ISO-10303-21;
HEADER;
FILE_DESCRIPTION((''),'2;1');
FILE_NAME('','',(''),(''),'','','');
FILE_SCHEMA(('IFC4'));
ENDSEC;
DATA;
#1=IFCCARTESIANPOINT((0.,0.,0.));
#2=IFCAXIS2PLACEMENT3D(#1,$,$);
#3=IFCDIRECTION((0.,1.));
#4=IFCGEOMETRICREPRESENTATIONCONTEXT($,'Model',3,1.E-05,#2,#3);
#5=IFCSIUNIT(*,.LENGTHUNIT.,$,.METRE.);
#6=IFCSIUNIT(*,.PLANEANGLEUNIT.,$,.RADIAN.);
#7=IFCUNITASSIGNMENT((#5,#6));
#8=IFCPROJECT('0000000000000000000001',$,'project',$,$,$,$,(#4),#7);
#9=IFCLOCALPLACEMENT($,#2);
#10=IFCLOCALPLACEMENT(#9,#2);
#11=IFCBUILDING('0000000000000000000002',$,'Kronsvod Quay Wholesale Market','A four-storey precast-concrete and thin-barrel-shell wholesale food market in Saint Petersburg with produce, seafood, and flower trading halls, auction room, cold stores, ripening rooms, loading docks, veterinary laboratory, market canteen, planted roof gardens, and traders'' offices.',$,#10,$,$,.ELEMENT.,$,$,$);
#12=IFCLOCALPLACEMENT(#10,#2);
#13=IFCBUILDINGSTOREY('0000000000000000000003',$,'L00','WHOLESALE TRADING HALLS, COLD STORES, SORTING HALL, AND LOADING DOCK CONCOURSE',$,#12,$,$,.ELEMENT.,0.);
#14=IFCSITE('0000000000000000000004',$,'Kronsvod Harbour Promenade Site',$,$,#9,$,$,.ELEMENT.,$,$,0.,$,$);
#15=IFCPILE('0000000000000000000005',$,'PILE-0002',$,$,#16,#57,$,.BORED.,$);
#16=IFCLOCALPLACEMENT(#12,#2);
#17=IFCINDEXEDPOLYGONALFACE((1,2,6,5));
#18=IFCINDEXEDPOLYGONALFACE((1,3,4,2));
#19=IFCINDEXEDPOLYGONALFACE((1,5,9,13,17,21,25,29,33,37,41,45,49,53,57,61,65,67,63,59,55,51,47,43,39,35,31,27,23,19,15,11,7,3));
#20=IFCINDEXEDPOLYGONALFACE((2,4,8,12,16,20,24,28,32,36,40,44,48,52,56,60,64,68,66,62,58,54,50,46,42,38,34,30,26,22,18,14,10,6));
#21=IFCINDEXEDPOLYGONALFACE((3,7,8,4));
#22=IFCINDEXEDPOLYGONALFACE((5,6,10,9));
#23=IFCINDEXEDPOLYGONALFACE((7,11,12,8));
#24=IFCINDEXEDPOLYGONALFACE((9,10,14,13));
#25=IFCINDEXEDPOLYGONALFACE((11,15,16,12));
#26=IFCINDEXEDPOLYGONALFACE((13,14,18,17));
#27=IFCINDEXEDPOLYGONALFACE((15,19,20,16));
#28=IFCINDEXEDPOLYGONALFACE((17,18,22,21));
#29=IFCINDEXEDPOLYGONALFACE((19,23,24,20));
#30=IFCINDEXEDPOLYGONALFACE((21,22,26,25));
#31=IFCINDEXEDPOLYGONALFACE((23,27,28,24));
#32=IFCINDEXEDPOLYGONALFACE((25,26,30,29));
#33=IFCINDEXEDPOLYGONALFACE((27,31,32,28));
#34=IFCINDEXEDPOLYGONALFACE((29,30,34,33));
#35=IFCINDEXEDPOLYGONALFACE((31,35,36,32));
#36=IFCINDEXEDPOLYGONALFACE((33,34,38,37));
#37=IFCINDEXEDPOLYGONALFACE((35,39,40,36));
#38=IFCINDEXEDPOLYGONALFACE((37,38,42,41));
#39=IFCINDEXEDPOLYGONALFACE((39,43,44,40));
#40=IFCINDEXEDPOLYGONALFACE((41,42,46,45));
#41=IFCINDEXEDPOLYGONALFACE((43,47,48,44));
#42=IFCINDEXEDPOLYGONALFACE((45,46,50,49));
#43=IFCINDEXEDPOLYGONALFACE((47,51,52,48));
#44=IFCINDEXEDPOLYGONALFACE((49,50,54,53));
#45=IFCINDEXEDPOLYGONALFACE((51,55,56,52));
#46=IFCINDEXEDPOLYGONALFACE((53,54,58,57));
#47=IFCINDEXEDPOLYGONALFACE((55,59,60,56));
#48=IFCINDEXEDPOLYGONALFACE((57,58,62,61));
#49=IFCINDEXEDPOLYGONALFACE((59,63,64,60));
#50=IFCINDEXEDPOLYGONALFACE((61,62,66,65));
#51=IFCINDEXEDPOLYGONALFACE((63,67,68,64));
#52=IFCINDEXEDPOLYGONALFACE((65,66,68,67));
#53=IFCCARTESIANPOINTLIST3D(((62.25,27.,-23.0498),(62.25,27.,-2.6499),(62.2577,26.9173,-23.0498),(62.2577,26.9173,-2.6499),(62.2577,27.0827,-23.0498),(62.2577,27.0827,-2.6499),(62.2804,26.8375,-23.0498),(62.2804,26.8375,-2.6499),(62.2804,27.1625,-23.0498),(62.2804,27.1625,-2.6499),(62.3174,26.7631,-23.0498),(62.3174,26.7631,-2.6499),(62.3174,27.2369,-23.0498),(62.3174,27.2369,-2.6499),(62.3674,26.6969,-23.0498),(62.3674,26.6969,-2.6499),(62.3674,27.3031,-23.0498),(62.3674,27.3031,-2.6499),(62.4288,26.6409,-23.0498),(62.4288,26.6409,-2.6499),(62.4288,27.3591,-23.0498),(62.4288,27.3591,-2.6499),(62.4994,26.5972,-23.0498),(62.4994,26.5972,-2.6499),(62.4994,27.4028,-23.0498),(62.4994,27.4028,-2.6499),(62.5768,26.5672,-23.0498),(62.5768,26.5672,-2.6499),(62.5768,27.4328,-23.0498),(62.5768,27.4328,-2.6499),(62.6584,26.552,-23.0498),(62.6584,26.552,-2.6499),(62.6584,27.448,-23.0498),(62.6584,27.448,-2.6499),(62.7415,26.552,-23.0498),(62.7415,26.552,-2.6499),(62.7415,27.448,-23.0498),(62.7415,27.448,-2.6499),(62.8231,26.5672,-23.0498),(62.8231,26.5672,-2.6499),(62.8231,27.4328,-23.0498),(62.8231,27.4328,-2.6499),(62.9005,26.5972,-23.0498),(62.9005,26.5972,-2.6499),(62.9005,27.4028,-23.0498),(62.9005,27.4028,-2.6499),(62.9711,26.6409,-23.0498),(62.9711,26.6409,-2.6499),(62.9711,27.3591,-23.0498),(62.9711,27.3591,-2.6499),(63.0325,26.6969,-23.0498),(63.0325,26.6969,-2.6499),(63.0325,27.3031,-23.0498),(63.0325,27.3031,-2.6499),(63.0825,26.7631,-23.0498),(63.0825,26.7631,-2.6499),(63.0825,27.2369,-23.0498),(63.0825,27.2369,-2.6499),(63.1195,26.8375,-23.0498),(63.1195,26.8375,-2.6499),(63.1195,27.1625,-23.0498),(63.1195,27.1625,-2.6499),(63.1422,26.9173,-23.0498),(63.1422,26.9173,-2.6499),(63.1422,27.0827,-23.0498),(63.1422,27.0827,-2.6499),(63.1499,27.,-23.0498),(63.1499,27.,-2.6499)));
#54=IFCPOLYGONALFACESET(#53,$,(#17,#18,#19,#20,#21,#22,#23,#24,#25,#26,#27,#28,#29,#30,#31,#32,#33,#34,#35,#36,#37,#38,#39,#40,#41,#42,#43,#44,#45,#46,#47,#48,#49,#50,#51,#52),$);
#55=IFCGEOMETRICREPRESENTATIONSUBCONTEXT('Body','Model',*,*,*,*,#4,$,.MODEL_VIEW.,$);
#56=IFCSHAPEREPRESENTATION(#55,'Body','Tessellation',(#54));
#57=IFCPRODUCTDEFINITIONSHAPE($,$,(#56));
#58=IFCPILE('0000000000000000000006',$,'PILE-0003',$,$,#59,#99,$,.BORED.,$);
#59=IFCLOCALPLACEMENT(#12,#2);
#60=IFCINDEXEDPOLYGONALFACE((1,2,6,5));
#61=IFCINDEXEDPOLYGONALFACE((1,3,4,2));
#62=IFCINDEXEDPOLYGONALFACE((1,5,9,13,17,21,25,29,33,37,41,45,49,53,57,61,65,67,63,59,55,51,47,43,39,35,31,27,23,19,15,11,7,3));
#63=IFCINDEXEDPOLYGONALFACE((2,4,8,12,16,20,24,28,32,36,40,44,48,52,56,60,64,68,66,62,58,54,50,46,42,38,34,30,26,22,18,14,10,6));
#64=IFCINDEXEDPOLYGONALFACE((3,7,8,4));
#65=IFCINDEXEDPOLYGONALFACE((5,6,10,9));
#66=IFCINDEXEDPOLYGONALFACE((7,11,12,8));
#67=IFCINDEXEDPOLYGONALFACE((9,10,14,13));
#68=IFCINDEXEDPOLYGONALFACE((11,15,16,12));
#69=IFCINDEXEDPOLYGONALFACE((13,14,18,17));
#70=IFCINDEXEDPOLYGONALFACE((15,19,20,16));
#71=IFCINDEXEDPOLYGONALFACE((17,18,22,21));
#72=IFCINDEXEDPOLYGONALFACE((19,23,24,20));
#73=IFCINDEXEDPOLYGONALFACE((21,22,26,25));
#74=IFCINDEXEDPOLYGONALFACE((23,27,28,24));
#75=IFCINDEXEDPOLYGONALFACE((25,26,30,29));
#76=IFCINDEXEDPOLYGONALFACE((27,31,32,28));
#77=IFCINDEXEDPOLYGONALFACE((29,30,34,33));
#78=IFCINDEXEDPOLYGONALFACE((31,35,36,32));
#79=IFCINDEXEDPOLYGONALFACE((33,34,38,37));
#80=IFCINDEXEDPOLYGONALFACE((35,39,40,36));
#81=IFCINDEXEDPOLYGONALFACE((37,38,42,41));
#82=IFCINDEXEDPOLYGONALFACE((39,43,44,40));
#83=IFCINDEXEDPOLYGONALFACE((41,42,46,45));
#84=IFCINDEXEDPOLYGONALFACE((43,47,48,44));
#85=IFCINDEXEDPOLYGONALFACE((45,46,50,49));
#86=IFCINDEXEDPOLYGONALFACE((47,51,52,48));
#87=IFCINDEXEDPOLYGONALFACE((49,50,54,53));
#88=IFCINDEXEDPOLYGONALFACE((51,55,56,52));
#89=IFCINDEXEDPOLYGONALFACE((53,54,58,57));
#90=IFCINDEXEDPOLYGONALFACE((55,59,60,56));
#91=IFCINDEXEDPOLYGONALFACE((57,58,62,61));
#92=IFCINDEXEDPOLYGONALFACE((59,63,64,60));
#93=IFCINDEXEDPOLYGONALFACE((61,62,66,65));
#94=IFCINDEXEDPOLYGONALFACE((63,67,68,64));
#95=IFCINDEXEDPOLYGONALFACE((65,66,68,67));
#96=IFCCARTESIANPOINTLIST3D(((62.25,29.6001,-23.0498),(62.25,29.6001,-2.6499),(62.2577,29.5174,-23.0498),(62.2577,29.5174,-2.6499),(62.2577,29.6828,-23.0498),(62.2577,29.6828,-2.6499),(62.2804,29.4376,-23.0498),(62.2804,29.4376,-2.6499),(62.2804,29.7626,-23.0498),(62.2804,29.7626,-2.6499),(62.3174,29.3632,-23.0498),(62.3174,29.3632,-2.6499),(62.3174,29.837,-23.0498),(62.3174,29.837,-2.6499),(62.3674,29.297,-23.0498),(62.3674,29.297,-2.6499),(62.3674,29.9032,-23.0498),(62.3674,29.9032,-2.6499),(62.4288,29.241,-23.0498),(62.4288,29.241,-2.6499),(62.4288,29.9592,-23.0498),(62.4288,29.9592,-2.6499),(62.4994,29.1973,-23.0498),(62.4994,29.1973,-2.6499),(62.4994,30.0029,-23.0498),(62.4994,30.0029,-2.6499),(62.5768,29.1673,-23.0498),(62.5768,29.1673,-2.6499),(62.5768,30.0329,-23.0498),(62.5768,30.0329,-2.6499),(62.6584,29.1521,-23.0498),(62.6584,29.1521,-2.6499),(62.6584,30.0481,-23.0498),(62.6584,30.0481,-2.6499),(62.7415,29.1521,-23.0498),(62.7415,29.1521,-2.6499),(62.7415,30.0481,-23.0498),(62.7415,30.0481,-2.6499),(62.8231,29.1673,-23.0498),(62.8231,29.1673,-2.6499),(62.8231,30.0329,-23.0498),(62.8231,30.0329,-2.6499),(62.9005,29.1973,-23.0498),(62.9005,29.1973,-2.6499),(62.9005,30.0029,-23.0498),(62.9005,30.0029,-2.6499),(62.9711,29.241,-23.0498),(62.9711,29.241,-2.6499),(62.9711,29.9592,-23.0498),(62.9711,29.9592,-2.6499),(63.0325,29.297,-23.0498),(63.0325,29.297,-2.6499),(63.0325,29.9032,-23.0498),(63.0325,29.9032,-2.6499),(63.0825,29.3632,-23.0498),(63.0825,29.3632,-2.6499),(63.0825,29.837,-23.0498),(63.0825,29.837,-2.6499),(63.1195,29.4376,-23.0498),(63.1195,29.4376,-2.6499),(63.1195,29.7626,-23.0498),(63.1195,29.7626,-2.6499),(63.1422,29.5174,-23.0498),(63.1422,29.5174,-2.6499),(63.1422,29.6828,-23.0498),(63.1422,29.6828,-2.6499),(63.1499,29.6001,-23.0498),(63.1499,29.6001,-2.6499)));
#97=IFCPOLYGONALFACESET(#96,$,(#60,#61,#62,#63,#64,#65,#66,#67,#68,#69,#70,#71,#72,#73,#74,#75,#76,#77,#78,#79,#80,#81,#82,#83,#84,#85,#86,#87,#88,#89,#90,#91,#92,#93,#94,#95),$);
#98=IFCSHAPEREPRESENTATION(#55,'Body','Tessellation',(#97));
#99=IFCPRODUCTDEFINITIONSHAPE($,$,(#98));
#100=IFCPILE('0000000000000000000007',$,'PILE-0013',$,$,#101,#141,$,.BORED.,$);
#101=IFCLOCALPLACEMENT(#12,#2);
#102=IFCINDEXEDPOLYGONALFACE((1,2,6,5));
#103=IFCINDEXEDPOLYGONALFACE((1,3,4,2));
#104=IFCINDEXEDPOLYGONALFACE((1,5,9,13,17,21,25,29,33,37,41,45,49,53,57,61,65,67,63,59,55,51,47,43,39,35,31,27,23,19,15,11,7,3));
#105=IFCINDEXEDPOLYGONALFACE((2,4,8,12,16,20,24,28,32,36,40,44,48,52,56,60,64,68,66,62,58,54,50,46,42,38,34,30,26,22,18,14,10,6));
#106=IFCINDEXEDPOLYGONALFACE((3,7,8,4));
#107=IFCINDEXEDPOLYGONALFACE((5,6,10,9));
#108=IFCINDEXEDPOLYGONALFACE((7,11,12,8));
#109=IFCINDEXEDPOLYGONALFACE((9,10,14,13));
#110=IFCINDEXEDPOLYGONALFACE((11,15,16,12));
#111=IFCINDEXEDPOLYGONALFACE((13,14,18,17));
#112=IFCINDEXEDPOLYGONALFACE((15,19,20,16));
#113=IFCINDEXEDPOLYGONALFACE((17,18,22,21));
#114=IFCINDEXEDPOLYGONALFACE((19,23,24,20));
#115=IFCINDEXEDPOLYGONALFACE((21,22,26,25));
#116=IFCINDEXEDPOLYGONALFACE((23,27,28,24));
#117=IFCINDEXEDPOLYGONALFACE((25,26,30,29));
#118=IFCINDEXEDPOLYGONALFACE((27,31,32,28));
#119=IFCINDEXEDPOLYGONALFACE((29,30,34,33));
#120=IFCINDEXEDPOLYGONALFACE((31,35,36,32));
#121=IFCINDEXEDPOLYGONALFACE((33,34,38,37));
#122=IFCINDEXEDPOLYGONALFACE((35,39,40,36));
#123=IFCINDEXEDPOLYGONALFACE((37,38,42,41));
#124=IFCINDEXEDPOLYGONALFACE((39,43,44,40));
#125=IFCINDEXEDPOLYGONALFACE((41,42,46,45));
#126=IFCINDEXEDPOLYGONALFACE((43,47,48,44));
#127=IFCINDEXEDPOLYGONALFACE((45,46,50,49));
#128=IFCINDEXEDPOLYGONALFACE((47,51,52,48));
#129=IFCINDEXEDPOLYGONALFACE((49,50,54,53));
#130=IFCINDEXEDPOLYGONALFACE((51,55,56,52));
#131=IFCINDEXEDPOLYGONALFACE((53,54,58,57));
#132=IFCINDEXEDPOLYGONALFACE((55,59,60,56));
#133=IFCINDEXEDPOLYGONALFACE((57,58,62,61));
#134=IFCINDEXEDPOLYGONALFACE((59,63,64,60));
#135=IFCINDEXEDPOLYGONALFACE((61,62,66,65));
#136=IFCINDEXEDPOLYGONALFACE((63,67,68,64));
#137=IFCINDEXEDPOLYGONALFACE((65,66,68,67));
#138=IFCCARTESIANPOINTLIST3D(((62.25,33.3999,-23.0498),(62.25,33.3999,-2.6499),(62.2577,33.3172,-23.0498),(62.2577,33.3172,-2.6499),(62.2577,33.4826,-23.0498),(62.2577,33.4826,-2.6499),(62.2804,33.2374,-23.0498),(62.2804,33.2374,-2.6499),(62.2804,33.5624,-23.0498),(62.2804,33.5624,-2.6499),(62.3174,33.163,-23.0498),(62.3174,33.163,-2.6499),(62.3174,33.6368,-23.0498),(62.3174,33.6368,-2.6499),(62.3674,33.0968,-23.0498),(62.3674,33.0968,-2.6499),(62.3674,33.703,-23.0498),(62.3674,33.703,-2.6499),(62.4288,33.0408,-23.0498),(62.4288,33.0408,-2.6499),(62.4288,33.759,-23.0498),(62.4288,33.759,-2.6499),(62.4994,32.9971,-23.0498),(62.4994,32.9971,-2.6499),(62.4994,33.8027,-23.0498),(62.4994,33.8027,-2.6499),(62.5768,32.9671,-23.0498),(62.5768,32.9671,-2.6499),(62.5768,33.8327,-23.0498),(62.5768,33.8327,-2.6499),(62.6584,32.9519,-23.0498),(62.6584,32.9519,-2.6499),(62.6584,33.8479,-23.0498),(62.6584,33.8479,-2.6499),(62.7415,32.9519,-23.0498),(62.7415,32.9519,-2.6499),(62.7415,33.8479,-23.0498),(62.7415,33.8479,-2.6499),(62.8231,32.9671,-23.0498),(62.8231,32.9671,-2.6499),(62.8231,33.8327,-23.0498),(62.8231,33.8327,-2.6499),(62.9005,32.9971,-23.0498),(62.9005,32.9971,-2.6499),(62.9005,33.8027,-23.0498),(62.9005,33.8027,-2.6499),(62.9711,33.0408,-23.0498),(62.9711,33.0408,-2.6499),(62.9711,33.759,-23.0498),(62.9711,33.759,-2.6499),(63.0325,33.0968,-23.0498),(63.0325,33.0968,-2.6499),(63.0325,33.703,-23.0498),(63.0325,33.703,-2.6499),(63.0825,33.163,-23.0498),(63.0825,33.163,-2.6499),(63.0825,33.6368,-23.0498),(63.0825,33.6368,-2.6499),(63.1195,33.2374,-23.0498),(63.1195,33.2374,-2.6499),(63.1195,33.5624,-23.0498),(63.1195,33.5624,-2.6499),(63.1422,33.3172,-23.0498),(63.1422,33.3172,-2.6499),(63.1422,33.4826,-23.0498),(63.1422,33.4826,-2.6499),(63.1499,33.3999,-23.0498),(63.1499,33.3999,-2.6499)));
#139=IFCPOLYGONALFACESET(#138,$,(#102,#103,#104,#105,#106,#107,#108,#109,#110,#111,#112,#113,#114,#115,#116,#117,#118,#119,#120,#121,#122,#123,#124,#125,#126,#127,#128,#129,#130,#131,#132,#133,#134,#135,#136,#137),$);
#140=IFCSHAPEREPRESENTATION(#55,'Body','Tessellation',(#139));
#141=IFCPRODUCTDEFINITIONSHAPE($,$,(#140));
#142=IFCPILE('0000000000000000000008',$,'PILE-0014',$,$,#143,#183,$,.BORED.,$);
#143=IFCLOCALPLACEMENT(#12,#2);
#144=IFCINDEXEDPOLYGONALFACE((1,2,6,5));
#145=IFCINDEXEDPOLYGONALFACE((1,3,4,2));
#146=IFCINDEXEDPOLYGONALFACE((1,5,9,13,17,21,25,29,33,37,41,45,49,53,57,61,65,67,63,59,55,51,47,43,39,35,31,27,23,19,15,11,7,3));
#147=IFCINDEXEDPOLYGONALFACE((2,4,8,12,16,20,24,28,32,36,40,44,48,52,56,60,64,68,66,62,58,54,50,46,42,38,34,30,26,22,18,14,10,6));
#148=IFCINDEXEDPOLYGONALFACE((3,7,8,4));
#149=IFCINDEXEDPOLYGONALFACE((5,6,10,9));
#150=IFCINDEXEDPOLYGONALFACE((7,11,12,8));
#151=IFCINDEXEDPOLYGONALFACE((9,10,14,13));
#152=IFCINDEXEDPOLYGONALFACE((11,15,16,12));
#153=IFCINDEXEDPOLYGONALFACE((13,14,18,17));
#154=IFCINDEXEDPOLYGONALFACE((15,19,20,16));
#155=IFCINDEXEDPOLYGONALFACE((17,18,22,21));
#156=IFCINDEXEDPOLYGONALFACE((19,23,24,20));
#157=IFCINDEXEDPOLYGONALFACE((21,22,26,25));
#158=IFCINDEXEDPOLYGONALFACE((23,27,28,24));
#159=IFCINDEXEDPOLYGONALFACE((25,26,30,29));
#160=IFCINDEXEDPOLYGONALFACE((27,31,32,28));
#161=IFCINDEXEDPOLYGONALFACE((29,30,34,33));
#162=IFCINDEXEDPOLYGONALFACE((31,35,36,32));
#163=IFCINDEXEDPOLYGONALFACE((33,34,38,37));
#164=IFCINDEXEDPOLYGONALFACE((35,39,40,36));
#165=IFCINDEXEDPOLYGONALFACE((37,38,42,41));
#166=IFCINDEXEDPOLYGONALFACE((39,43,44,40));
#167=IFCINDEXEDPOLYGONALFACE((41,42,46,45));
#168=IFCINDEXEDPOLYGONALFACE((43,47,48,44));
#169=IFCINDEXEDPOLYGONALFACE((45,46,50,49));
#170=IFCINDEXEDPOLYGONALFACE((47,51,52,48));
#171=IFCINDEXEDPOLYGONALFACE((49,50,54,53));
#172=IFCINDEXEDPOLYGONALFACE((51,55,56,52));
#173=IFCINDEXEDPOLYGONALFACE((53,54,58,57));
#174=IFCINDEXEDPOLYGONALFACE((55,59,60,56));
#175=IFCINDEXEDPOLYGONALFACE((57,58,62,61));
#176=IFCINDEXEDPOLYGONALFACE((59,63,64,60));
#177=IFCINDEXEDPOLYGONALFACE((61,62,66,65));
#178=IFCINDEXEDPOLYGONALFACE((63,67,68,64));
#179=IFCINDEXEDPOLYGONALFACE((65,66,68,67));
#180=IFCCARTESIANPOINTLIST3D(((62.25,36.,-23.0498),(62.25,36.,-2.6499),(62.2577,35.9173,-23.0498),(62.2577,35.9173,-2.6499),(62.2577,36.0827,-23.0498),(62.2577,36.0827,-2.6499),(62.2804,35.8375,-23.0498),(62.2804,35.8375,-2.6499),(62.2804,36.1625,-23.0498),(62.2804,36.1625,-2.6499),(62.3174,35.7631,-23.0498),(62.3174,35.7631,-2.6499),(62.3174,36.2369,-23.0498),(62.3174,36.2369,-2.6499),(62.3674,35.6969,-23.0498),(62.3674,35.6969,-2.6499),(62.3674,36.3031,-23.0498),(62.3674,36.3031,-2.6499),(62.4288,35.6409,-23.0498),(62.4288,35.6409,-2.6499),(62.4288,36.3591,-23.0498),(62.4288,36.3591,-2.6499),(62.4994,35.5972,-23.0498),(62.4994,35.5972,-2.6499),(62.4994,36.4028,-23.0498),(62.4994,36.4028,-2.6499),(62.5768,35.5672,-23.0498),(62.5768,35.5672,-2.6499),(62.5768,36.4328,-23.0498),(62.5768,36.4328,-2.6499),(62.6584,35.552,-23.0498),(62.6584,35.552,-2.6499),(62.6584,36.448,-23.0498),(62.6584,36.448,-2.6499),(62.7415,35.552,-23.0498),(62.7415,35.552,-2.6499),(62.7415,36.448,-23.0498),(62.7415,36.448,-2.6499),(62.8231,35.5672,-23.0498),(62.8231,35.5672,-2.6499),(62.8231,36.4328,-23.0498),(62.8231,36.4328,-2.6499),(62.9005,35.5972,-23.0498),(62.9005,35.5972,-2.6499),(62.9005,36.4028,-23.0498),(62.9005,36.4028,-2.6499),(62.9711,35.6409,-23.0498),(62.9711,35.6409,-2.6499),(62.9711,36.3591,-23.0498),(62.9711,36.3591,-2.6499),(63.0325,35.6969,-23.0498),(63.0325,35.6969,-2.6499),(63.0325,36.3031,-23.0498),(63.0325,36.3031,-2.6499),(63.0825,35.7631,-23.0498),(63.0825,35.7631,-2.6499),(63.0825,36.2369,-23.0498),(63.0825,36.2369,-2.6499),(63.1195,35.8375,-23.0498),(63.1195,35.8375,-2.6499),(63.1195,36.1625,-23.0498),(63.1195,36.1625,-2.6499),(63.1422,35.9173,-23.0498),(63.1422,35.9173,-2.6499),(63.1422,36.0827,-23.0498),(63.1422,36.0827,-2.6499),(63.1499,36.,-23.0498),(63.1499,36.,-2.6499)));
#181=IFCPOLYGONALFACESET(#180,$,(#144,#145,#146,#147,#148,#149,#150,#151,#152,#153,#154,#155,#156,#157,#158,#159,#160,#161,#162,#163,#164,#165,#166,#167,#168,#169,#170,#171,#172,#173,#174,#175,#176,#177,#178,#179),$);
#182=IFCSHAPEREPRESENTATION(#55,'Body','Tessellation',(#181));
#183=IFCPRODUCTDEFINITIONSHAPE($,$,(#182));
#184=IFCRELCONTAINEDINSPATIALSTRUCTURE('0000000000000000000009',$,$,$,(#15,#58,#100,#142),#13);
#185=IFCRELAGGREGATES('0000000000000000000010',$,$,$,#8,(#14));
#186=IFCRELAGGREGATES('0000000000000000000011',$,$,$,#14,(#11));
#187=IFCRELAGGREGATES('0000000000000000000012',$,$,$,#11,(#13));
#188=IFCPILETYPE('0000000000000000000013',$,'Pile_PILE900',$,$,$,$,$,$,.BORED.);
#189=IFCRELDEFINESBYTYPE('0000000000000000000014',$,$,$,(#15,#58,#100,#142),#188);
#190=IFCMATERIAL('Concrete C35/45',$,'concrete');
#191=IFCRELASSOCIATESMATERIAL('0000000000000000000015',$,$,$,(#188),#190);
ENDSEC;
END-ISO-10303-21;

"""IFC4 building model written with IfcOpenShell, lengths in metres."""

from ifc_helpers import new_model, si_unit, direction, frame, origin, origin_2d, place, context, subcontext, project, spatial, circle, extrude, material, material_profile, profile_set, type_object, element, save


model = new_model("IFC4")

# Units and contexts
model_context = context("Model", 3, precision=1e-05, world=origin(), true_north=direction((0.0, 1.0)))
body_context = subcontext(model_context, "Body", "Model", "MODEL_VIEW")
ifc_project = project(units=[si_unit("LENGTHUNIT", "METRE"), si_unit("PLANEANGLEUNIT", "RADIAN")], contexts=[model_context])

# Site, building, storey
site_placement = place(None, origin())
site = spatial("IfcSite", under=ifc_project, at=site_placement, Name="Kronsvod Harbour Promenade Site", CompositionType="ELEMENT", RefElevation=0.0)
building_placement = place(site_placement, origin())
building = spatial("IfcBuilding", under=site, at=building_placement, Name="Kronsvod Quay Wholesale Market", Description="A four-storey precast-concrete and thin-barrel-shell wholesale food market in Saint Petersburg with produce, seafood, and flower trading halls, auction room, cold stores, ripening rooms, loading docks, veterinary laboratory, market canteen, planted roof gardens, and traders' offices.", CompositionType="ELEMENT")
storey_placement = place(building_placement, origin())
storey = spatial("IfcBuildingStorey", under=building, at=storey_placement, Name="L00", Description="WHOLESALE TRADING HALLS, COLD STORES, SORTING HALL, AND LOADING DOCK CONCOURSE", CompositionType="ELEMENT", Elevation=0.0)

# Piles
ifc_material_1 = material(Name="Concrete C35/45", Category="concrete")
ifc_material_profile_1 = material_profile(ifc_material_1, circle(Radius=0.45, at=origin_2d()), Name="PILE900")
ifc_profile_set_1 = profile_set([ifc_material_profile_1], Name="Concrete C35/45")
pile_type_1 = type_object("IfcPileType", Name="Pile_PILE900", PredefinedType="BORED", material=ifc_profile_set_1)
for number, where, z_axis, x_axis, name in (
    (1, (62.7, 27.0, -2.6499), (0.0, 0.0, -1.0), (1.0, 0.0, 0.0), "PILE-0002"),
    (2, (62.7, 29.6001, -2.6499), (0.0, 0.0, -1.0), (1.0, 0.0, 0.0), "PILE-0003"),
    (3, (62.7, 33.3999, -2.6499), (0.0, 0.0, -1.0), (1.0, 0.0, 0.0), "PILE-0013"),
    (4, (62.7, 36.0, -2.6499), (0.0, 0.0, -1.0), (1.0, 0.0, 0.0), "PILE-0014"),
):
    element("IfcPile", number, at=place(storey_placement, frame(where, z_axis=z_axis, x_axis=x_axis)), inside=storey, type_object=pile_type_1, Name=name, PredefinedType="BORED", context=body_context, shape_type="SweptSolid", body=[
        extrude(circle(Radius=0.45, at=origin_2d()), origin(), (0.0, 0.0, 1.0), 20.3999),
    ])

save(model, "model.ifc")
